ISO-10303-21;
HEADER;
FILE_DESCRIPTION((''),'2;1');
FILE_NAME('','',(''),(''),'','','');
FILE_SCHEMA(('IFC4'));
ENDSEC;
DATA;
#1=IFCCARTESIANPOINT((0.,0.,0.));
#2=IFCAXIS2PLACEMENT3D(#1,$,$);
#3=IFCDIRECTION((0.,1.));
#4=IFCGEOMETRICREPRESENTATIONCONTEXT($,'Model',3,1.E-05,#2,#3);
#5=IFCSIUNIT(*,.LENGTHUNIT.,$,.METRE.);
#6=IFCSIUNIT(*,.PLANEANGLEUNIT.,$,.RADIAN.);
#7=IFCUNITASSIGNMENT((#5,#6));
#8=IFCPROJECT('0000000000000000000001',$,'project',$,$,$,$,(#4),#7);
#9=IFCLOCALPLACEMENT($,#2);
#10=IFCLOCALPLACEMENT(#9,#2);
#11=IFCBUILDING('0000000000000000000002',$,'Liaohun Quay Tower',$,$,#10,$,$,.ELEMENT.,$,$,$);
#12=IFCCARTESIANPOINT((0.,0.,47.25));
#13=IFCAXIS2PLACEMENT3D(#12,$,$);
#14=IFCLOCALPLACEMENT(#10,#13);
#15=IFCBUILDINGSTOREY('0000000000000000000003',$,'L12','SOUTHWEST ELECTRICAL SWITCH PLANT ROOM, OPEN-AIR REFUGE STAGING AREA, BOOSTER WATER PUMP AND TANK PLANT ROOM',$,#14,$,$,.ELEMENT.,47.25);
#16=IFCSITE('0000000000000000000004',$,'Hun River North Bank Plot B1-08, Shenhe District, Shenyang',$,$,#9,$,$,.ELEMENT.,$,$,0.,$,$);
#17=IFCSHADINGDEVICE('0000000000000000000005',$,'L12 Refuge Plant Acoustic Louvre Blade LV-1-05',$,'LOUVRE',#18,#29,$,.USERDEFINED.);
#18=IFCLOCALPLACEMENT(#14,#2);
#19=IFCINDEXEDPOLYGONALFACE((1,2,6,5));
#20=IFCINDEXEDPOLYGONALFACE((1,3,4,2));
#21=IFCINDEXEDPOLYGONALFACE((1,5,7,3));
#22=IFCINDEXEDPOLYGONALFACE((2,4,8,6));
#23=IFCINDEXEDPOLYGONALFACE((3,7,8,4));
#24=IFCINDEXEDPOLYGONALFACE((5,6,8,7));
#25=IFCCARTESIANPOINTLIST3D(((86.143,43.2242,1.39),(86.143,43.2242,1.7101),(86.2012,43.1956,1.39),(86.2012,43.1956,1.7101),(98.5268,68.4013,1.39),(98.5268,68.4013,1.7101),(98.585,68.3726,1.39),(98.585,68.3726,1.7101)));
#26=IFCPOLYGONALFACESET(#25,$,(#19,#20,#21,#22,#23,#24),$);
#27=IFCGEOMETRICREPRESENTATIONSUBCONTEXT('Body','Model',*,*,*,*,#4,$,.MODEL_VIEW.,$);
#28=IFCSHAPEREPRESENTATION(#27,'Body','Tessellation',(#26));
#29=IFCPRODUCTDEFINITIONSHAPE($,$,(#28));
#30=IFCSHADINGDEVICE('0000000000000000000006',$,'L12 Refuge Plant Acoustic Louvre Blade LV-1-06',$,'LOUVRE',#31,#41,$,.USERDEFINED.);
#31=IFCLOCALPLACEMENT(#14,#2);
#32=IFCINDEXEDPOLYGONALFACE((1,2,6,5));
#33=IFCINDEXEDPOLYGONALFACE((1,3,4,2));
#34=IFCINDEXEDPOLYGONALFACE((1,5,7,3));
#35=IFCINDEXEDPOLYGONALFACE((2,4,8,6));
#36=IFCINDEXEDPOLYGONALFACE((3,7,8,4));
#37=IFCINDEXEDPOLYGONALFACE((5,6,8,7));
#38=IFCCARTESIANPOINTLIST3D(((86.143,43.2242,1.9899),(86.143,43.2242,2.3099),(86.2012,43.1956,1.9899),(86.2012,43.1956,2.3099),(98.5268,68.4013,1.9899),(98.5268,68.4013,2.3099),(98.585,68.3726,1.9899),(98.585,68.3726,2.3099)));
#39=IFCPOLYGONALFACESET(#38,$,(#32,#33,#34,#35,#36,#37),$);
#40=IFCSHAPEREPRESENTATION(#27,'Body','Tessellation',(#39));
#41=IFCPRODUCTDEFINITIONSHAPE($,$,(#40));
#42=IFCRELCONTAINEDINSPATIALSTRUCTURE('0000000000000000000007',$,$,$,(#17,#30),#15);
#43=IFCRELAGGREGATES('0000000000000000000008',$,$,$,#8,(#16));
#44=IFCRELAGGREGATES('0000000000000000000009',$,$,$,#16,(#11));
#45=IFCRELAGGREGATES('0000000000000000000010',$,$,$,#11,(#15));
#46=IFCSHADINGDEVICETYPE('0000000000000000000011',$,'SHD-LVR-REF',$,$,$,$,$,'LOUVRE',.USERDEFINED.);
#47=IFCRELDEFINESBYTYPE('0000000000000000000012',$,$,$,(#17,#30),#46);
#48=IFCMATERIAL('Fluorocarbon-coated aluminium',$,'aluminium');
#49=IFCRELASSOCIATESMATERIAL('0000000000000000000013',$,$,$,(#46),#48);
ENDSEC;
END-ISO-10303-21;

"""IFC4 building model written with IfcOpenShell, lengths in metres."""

from ifc_helpers import new_model, si_unit, direction, frame, origin, origin_2d, place, context, subcontext, project, spatial, rectangle, extrude, source, transform, mapped, material, material_profile, profile_set, type_object, element, save


model = new_model("IFC4")

# Units and contexts
model_context = context("Model", 3, precision=1e-05, world=origin(), true_north=direction((0.0, 1.0)))
body_context = subcontext(model_context, "Body", "Model", "MODEL_VIEW")
ifc_project = project(units=[si_unit("LENGTHUNIT", "METRE"), si_unit("PLANEANGLEUNIT", "RADIAN")], contexts=[model_context])

# Site, building, storey
site_placement = place(None, origin())
site = spatial("IfcSite", under=ifc_project, at=site_placement, Name="Hun River North Bank Plot B1-08, Shenhe District, Shenyang", CompositionType="ELEMENT", RefElevation=0.0)
building_placement = place(site_placement, origin())
building = spatial("IfcBuilding", under=site, at=building_placement, Name="Liaohun Quay Tower", CompositionType="ELEMENT")
storey_placement = place(building_placement, frame((0.0, 0.0, 47.25)))
storey = spatial("IfcBuildingStorey", under=building, at=storey_placement, Name="L12", Description="SOUTHWEST ELECTRICAL SWITCH PLANT ROOM, OPEN-AIR REFUGE STAGING AREA, BOOSTER WATER PUMP AND TANK PLANT ROOM", CompositionType="ELEMENT", Elevation=47.25)

# Shading devices
ifc_material_1 = material(Name="Fluorocarbon-coated aluminium", Category="aluminium")
ifc_material_profile_1 = material_profile(ifc_material_1, rectangle(XDim=0.0649, YDim=0.3201, at=origin_2d()), Name="ALU-LVR-320x65")
ifc_profile_set_1 = profile_set([ifc_material_profile_1], Name="Fluorocarbon-coated aluminium")
shading_device_type = type_object("IfcShadingDeviceType", Name="SHD-LVR-REF", ElementType="LOUVRE", PredefinedType="USERDEFINED", material=ifc_profile_set_1)
shared_shape_1 = source(origin(), body_context, "Body", "SweptSolid", [
    extrude(rectangle(XDim=0.0649, YDim=0.3201, at=origin_2d()), origin(), (0.0, 0.0, 1.0), 28.0579),
])
for number, where, z_axis, x_axis, name in (
    (1, (98.5559, 68.387, 1.55), (-0.441367, -0.897327, 0.0), (0.897327, -0.441367, 0.0), "L12 Refuge Plant Acoustic Louvre Blade LV-1-05"),
    (2, (98.5559, 68.387, 2.1499), (-0.441367, -0.897327, 0.0), (0.897327, -0.441367, 0.0), "L12 Refuge Plant Acoustic Louvre Blade LV-1-06"),
):
    element("IfcShadingDevice", number, at=place(storey_placement, frame(where, z_axis=z_axis, x_axis=x_axis)), inside=storey, type_object=shading_device_type, Name=name, ObjectType="LOUVRE", PredefinedType="USERDEFINED", context=body_context, shape_type="MappedRepresentation", body=[
        mapped(shared_shape_1, transform((0.0, 0.0, 0.0), x_axis=(1.0, 0.0, 0.0), y_axis=(0.0, 1.0, 0.0), z_axis=(0.0, 0.0, 1.0), scale=1.0)),
    ])

save(model, "model.ifc")
